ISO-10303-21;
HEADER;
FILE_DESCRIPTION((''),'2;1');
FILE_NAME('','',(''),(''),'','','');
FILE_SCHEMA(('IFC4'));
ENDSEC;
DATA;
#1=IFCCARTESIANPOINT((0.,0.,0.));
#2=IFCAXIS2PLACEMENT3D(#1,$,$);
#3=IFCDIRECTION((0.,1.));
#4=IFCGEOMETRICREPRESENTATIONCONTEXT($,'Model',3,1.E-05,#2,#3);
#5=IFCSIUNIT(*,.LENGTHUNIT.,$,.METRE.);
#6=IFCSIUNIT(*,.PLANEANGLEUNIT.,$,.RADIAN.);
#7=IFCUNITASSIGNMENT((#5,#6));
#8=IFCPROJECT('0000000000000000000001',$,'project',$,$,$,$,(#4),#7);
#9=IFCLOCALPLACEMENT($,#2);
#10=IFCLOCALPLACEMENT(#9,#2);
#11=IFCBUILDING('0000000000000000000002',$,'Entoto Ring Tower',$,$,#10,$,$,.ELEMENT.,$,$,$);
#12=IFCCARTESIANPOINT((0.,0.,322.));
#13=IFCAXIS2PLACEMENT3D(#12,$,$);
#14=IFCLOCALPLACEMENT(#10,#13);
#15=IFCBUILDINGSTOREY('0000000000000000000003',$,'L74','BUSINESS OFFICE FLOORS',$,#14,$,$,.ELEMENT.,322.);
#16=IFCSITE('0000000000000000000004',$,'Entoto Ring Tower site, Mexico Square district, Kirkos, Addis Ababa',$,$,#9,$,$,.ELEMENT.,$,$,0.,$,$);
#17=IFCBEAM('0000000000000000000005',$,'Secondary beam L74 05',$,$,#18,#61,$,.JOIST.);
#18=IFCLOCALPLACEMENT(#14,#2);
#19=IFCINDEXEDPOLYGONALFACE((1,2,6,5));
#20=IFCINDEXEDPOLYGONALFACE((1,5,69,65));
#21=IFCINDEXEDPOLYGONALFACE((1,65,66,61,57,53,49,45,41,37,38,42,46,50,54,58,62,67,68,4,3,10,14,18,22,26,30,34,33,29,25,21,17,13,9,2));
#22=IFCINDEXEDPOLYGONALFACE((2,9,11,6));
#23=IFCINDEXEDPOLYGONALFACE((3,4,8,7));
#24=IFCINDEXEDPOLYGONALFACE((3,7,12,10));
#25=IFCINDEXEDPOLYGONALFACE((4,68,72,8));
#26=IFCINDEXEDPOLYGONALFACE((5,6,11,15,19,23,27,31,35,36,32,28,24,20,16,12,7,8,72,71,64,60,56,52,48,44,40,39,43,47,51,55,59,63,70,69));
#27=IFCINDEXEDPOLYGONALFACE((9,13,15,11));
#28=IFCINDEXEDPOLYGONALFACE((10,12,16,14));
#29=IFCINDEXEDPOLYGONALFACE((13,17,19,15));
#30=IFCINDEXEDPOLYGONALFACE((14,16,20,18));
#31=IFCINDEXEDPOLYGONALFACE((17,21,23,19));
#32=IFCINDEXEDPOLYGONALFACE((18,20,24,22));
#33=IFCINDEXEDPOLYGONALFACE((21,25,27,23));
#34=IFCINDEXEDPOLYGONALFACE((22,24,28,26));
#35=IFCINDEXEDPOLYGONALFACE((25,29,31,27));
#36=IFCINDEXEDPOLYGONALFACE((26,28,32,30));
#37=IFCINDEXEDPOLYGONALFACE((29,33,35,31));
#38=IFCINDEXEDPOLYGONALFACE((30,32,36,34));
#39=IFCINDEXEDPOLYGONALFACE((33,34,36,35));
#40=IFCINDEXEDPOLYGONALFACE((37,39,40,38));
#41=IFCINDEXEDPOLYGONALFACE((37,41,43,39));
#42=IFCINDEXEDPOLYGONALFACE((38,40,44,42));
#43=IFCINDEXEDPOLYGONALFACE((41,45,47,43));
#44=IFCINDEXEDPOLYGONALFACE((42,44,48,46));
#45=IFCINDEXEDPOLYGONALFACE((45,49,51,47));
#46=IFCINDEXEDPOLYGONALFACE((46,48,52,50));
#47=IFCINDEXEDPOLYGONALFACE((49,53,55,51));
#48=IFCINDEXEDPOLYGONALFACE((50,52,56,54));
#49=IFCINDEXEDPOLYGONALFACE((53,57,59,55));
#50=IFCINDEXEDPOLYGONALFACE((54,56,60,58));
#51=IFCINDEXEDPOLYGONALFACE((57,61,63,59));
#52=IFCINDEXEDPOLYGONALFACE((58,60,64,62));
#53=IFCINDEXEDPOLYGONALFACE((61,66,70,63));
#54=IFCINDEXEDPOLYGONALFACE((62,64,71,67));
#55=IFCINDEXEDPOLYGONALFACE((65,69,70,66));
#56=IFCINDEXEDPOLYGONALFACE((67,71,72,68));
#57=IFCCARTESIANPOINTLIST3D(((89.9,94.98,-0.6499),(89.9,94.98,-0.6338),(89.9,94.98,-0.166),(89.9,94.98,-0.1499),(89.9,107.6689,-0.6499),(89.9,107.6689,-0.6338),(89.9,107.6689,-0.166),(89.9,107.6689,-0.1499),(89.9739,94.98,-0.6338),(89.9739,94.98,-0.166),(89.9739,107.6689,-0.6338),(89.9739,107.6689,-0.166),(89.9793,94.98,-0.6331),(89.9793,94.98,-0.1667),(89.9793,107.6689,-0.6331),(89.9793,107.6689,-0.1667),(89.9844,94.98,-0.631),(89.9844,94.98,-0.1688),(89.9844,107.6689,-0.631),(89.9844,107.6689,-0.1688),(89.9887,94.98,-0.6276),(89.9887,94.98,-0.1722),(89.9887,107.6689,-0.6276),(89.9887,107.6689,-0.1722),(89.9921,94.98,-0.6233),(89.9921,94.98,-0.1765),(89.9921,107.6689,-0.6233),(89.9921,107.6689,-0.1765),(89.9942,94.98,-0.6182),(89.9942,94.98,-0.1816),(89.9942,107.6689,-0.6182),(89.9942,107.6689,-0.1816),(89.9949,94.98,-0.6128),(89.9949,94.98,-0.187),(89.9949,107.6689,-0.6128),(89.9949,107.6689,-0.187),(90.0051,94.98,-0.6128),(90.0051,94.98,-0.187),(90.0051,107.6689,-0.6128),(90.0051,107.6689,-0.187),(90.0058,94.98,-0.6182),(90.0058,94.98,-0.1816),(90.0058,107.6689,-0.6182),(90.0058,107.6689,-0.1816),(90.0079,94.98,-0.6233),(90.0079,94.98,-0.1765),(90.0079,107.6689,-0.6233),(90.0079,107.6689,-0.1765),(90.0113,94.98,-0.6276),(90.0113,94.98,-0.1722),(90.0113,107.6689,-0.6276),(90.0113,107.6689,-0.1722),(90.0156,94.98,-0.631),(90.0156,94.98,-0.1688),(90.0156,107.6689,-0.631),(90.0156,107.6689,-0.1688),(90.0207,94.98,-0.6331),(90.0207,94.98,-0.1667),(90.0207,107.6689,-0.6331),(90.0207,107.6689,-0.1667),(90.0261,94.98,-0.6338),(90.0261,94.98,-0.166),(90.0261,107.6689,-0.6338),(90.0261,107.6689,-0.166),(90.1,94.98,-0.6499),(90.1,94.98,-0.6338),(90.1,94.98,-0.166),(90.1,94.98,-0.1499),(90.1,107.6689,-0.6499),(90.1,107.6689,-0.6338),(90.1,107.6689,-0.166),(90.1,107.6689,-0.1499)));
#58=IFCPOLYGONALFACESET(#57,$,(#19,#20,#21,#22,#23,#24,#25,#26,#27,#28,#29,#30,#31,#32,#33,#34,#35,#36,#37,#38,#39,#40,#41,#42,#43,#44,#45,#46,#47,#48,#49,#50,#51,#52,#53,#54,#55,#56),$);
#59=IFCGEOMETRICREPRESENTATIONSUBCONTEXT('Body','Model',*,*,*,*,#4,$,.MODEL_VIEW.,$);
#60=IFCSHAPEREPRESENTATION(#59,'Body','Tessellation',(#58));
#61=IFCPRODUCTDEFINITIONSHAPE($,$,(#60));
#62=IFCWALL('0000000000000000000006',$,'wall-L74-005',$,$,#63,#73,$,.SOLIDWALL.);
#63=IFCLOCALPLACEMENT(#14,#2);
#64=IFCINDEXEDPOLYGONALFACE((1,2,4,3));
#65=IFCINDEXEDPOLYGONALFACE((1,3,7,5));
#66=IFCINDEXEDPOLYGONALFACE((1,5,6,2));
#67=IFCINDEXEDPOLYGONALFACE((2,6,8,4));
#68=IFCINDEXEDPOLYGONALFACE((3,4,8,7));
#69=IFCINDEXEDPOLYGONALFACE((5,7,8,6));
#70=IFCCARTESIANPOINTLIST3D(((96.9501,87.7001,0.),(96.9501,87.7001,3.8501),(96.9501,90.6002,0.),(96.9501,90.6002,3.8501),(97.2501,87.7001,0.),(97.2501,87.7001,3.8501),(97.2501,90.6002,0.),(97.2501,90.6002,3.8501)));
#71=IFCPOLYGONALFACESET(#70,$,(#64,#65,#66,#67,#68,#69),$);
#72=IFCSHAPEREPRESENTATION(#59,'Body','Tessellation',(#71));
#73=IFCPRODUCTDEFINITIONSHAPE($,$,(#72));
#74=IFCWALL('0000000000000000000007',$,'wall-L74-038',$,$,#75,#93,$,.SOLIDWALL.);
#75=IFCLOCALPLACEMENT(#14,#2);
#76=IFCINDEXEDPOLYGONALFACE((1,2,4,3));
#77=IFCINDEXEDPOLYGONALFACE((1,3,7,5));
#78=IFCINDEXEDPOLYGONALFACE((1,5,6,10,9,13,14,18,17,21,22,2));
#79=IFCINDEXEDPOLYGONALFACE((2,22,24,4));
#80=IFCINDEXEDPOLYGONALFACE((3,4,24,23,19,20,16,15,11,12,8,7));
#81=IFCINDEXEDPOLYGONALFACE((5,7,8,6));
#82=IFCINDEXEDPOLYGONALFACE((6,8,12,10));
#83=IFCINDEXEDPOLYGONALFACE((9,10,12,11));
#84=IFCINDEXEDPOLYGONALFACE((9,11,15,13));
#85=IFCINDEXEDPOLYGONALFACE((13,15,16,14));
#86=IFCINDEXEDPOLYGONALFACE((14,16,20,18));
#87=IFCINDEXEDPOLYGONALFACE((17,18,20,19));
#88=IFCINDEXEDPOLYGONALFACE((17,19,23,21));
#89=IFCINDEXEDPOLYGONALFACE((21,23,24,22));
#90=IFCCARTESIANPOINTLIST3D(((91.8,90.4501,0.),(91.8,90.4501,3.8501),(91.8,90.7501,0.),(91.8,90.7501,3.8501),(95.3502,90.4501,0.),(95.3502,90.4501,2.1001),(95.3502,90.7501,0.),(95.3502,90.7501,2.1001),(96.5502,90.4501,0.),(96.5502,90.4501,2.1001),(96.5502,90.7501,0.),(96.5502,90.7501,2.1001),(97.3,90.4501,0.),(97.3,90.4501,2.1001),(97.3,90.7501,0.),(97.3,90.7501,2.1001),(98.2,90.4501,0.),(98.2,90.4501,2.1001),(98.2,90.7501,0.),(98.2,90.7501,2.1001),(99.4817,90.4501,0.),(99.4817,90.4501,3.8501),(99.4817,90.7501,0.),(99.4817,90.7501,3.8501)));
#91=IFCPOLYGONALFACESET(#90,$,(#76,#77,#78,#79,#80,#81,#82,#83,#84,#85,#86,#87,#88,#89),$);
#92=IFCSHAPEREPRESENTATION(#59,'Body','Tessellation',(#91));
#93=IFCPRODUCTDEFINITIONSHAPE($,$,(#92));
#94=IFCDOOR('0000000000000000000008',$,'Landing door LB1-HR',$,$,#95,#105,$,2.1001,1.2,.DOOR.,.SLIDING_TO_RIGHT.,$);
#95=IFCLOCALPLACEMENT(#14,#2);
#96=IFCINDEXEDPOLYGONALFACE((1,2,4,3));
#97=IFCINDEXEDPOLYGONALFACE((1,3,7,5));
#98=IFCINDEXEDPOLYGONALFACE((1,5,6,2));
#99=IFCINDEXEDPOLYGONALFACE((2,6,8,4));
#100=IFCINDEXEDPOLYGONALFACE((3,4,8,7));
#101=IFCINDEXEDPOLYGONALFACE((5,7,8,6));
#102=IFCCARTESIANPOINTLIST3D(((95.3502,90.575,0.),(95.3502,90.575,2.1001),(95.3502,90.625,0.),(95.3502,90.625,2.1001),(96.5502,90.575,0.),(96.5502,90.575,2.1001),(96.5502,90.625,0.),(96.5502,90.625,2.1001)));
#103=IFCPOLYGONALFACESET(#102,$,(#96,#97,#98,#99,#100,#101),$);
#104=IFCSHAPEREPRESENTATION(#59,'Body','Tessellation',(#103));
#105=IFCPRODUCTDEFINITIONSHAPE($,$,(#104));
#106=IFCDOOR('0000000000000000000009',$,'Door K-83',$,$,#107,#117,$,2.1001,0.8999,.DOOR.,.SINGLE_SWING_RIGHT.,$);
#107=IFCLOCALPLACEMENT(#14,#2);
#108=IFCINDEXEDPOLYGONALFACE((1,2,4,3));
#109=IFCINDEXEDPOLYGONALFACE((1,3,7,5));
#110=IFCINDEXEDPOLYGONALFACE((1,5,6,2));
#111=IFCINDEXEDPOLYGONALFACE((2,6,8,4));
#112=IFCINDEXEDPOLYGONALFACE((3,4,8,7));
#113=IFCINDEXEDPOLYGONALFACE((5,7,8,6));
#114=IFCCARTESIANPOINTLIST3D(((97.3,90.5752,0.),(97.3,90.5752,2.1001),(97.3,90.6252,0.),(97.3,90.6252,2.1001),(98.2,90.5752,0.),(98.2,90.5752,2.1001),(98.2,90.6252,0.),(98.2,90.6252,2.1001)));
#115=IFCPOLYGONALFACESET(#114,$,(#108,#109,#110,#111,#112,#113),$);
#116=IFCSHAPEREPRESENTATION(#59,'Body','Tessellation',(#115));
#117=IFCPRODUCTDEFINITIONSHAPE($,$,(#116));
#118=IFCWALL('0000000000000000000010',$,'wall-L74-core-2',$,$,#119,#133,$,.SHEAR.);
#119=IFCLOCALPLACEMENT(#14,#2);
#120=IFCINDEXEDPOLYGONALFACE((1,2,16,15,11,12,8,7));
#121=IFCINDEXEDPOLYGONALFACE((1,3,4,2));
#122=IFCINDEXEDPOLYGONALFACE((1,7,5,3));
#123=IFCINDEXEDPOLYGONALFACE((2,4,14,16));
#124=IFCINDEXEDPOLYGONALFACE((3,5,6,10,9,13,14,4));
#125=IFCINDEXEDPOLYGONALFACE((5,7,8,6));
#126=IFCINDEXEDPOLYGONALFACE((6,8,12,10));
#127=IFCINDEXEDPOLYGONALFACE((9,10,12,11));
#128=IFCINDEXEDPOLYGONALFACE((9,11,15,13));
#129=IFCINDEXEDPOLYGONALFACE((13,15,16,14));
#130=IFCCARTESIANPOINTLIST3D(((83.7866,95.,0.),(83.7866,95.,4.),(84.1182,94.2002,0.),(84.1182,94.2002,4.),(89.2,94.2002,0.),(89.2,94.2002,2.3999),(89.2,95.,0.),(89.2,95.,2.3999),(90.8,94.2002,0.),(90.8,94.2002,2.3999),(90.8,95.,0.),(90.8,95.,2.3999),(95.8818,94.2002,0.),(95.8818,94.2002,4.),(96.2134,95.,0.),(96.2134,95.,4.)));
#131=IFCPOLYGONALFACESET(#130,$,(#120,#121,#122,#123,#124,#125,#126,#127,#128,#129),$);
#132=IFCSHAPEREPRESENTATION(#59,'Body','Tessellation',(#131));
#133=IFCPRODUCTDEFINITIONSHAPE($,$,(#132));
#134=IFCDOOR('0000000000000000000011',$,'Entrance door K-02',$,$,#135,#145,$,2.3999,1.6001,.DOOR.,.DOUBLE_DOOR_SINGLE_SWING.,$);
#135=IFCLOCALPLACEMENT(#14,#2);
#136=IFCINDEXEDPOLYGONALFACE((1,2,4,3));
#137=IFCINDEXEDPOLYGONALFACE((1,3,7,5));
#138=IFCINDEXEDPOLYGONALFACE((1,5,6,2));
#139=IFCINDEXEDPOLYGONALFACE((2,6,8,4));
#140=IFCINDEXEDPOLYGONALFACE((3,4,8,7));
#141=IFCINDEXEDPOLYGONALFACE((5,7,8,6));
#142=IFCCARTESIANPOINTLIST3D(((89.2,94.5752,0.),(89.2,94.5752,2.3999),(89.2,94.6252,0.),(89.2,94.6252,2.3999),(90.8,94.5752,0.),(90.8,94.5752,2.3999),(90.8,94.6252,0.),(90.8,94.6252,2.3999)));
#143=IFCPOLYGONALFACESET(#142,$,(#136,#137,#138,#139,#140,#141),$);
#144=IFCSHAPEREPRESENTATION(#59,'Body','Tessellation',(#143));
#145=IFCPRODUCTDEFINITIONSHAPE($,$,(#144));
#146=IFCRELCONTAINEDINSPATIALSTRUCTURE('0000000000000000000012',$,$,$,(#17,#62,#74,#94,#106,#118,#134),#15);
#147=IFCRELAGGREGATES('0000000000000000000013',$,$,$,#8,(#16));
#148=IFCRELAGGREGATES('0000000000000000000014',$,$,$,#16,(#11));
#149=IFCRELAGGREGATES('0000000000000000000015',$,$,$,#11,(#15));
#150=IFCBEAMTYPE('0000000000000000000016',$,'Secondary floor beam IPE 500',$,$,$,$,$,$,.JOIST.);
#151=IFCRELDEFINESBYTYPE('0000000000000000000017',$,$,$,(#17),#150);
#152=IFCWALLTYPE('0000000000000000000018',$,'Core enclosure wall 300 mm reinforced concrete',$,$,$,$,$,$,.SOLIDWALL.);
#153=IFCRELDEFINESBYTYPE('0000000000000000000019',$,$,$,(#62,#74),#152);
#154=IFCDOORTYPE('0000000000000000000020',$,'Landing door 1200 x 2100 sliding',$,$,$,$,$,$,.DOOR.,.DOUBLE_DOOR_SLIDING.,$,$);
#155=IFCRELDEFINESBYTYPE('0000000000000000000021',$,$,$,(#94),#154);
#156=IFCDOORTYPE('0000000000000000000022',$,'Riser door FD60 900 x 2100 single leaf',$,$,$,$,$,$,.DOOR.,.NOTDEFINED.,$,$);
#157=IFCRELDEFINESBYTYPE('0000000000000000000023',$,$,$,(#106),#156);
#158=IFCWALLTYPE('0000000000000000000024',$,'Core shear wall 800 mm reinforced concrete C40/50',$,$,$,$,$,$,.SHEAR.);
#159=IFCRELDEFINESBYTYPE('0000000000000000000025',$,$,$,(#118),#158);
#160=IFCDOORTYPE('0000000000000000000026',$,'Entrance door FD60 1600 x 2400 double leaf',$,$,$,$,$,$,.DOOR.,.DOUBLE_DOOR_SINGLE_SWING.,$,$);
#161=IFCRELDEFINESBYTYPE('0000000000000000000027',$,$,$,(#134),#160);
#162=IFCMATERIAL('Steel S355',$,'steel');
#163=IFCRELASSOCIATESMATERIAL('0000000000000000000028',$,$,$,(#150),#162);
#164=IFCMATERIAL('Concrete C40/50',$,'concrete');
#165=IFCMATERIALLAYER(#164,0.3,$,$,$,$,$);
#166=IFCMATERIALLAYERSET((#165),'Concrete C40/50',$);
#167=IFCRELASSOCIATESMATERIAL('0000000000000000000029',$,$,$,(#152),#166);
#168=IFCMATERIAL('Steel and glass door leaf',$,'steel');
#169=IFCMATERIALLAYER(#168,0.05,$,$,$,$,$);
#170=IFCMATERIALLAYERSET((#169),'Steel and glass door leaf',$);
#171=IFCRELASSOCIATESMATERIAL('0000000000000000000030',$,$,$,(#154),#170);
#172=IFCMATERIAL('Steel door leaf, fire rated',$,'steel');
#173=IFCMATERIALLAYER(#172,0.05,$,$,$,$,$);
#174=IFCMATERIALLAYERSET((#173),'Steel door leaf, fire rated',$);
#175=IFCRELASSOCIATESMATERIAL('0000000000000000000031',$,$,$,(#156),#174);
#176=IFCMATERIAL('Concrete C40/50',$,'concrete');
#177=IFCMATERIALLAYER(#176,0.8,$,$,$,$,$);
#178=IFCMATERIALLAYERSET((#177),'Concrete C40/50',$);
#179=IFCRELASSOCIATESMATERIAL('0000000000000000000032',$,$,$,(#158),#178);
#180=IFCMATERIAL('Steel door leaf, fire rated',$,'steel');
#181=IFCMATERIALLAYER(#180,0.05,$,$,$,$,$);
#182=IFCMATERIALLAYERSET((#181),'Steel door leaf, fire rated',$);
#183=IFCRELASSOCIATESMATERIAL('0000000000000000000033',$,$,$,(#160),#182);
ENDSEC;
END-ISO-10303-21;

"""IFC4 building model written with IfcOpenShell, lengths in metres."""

from ifc_helpers import new_model, si_unit, direction, frame, frame_2d, origin, origin_2d, place, context, subcontext, project, spatial, polyline, rectangle, i_section, outline, extrude, material, layer, layer_set, material_profile, profile_set, type_object, element, fill, save


model = new_model("IFC4")

# Units and contexts
model_context = context("Model", 3, precision=1e-05, world=origin(), true_north=direction((0.0, 1.0)))
body_context = subcontext(model_context, "Body", "Model", "MODEL_VIEW")
ifc_project = project(units=[si_unit("LENGTHUNIT", "METRE"), si_unit("PLANEANGLEUNIT", "RADIAN")], contexts=[model_context])

# Site, building, storey
site_placement = place(None, origin())
site = spatial("IfcSite", under=ifc_project, at=site_placement, Name="Entoto Ring Tower site, Mexico Square district, Kirkos, Addis Ababa", CompositionType="ELEMENT", RefElevation=0.0)
building_placement = place(site_placement, origin())
building = spatial("IfcBuilding", under=site, at=building_placement, Name="Entoto Ring Tower", CompositionType="ELEMENT")
storey_placement = place(building_placement, frame((0.0, 0.0, 322.0)))
storey = spatial("IfcBuildingStorey", under=building, at=storey_placement, Name="L74", Description="BUSINESS OFFICE FLOORS", CompositionType="ELEMENT", Elevation=322.0)

# Beam
ifc_material_1 = material(Name="Steel S355", Category="steel")
ifc_material_profile_1 = material_profile(ifc_material_1, i_section(OverallWidth=0.2, OverallDepth=0.5, WebThickness=0.0103, FlangeThickness=0.0161, FilletRadius=0.021, at=origin_2d()), Name="IPE 500")
ifc_profile_set_1 = profile_set([ifc_material_profile_1], Name="Steel S355")
beam_type_1 = type_object("IfcBeamType", Name="Secondary floor beam IPE 500", PredefinedType="JOIST", material=ifc_profile_set_1)
beam_1_placement = place(storey_placement, frame((90.0, 94.98, -0.3999), z_axis=(0.0, 1.0, 0.0), x_axis=(-1.0, 0.0, 0.0)))
element("IfcBeam", 1, at=beam_1_placement, inside=storey, type_object=beam_type_1, Name="Secondary beam L74 05", PredefinedType="JOIST", context=body_context, shape_type="SweptSolid", body=[
    extrude(i_section(OverallWidth=0.2, OverallDepth=0.5, WebThickness=0.0103, FlangeThickness=0.0161, FilletRadius=0.021, at=origin_2d()), origin(), (0.0, 0.0, 1.0), 12.689),
])

# Wall
ifc_material_2 = material(Name="Concrete C40/50", Category="concrete")
ifc_layer_1 = layer(ifc_material_2, 0.3)
ifc_layer_set_1 = layer_set([ifc_layer_1], Name="Concrete C40/50")
wall_type_1 = type_object("IfcWallType", Name="Core enclosure wall 300 mm reinforced concrete", PredefinedType="SOLIDWALL", material=ifc_layer_set_1)
wall_1_placement = place(storey_placement, frame((97.1001, 87.7, 0.0), z_axis=(0.0, 0.0, 1.0), x_axis=(0.0, 1.0, 0.0)))
element("IfcWall", 2, at=wall_1_placement, inside=storey, type_object=wall_type_1, Name="wall-L74-005", PredefinedType="SOLIDWALL", context=body_context, shape_type="SweptSolid", body=[
    extrude(rectangle(XDim=2.9001, YDim=0.3, at=frame_2d((1.4502, 0.0))), origin(), (0.0, 0.0, 1.0), 3.8501),
])

# Wall, openings, doors
wall_2_placement = place(storey_placement, frame((91.8, 90.6001, 0.0), z_axis=(0.0, 0.0, 1.0), x_axis=(1.0, 0.0, 0.0)))
wall_2 = element("IfcWall", 3, at=wall_2_placement, inside=storey, type_object=wall_type_1, Name="wall-L74-038", PredefinedType="SOLIDWALL", context=body_context, shape_type="SweptSolid", body=[
    extrude(rectangle(XDim=7.6816, YDim=0.3, at=frame_2d((3.8408, 0.0))), origin(), (0.0, 0.0, 1.0), 3.8501),
])
opening_1_placement = place(wall_2_placement, frame((3.55, 0.0, 0.0)))
opening_1 = element("IfcOpeningElement", 4, at=opening_1_placement, cuts=wall_2, PredefinedType="OPENING", context=body_context, shape_type="SweptSolid", body=[
    extrude(rectangle(XDim=1.2, YDim=2.1001, at=frame_2d((0.6001, 1.05))), frame((0.0, 0.1602, 0.0), z_axis=(0.0, -1.0, 0.0), x_axis=(1.0, 0.0, 0.0)), (0.0, 0.0, 1.0), 0.3201),
])
opening_2_placement = place(wall_2_placement, frame((5.5, 0.0, 0.0)))
opening_2 = element("IfcOpeningElement", 5, at=opening_2_placement, cuts=wall_2, PredefinedType="OPENING", context=body_context, shape_type="SweptSolid", body=[
    extrude(rectangle(XDim=0.8999, YDim=2.1001, at=frame_2d((0.45, 1.05))), frame((0.0, 0.1602, 0.0), z_axis=(0.0, -1.0, 0.0), x_axis=(1.0, 0.0, 0.0)), (0.0, 0.0, 1.0), 0.3201),
])
ifc_material_3 = material(Name="Steel and glass door leaf", Category="steel")
ifc_layer_2 = layer(ifc_material_3, 0.05)
ifc_layer_set_2 = layer_set([ifc_layer_2], Name="Steel and glass door leaf")
door_type_1 = type_object("IfcDoorType", Name="Landing door 1200 x 2100 sliding", OperationType="DOUBLE_DOOR_SLIDING", PredefinedType="DOOR", material=ifc_layer_set_2)
door_1_placement = place(opening_1_placement, origin())
door_1 = element("IfcDoor", 6, at=door_1_placement, inside=storey, type_object=door_type_1, Name="Landing door LB1-HR", OperationType="SLIDING_TO_RIGHT", OverallHeight=2.1001, OverallWidth=1.2, PredefinedType="DOOR", context=body_context, shape_type="SweptSolid", body=[
    extrude(rectangle(XDim=1.2, YDim=2.1001, at=frame_2d((0.6001, 1.05))), frame((0.0, 0.0249, 0.0), z_axis=(0.0, -1.0, 0.0), x_axis=(1.0, 0.0, 0.0)), (0.0, 0.0, 1.0), 0.05),
])
fill(opening_1, door_1)
ifc_material_4 = material(Name="Steel door leaf, fire rated", Category="steel")
ifc_layer_3 = layer(ifc_material_4, 0.05)
ifc_layer_set_3 = layer_set([ifc_layer_3], Name="Steel door leaf, fire rated")
door_type_2 = type_object("IfcDoorType", Name="Riser door FD60 900 x 2100 single leaf", OperationType="NOTDEFINED", PredefinedType="DOOR", material=ifc_layer_set_3)
door_2_placement = place(opening_2_placement, frame((0.8999, 0.0, 0.0), z_axis=(0.0, 0.0, 1.0), x_axis=(-1.0, 0.0, 0.0)))
door_2 = element("IfcDoor", 7, at=door_2_placement, inside=storey, type_object=door_type_2, Name="Door K-83", OperationType="SINGLE_SWING_RIGHT", OverallHeight=2.1001, OverallWidth=0.8999, PredefinedType="DOOR", context=body_context, shape_type="SweptSolid", body=[
    extrude(rectangle(XDim=0.8999, YDim=2.1001, at=frame_2d((0.45, 1.05))), frame((0.0, 0.0249, 0.0), z_axis=(0.0, -1.0, 0.0), x_axis=(1.0, 0.0, 0.0)), (0.0, 0.0, 1.0), 0.05),
])
fill(opening_2, door_2)

# Wall, opening, door
ifc_material_5 = material(Name="Concrete C40/50", Category="concrete")
ifc_layer_4 = layer(ifc_material_5, 0.8)
ifc_layer_set_4 = layer_set([ifc_layer_4], Name="Concrete C40/50")
wall_type_2 = type_object("IfcWallType", Name="Core shear wall 800 mm reinforced concrete C40/50", PredefinedType="SHEAR", material=ifc_layer_set_4)
wall_3_placement = place(storey_placement, frame((96.0476, 94.6001, 0.0), z_axis=(0.0, 0.0, 1.0), x_axis=(-1.0, 0.0, 0.0)))
wall_3 = element("IfcWall", 8, at=wall_3_placement, inside=storey, type_object=wall_type_2, Name="wall-L74-core-2", PredefinedType="SHEAR", context=body_context, shape_type="SweptSolid", body=[
    extrude(outline(polyline([(-0.1658, -0.3999), (12.261, -0.3999), (11.9294, 0.3999), (0.1658, 0.3999), (-0.1658, -0.3999)])), origin(), (0.0, 0.0, 1.0), 4.0),
])
opening_3_placement = place(wall_3_placement, frame((5.2476, 0.0, 0.0)))
opening_3 = element("IfcOpeningElement", 9, at=opening_3_placement, cuts=wall_3, PredefinedType="OPENING", context=body_context, shape_type="SweptSolid", body=[
    extrude(rectangle(XDim=1.6001, YDim=2.3999, at=frame_2d((0.8, 1.2))), frame((0.0, 0.4102, 0.0), z_axis=(0.0, -1.0, 0.0), x_axis=(1.0, 0.0, 0.0)), (0.0, 0.0, 1.0), 0.8201),
])
ifc_material_6 = material(Name="Steel door leaf, fire rated", Category="steel")
ifc_layer_5 = layer(ifc_material_6, 0.05)
ifc_layer_set_5 = layer_set([ifc_layer_5], Name="Steel door leaf, fire rated")
door_type_3 = type_object("IfcDoorType", Name="Entrance door FD60 1600 x 2400 double leaf", OperationType="DOUBLE_DOOR_SINGLE_SWING", PredefinedType="DOOR", material=ifc_layer_set_5)
door_3_placement = place(opening_3_placement, origin())
door_3 = element("IfcDoor", 10, at=door_3_placement, inside=storey, type_object=door_type_3, Name="Entrance door K-02", OperationType="DOUBLE_DOOR_SINGLE_SWING", OverallHeight=2.3999, OverallWidth=1.6001, PredefinedType="DOOR", context=body_context, shape_type="SweptSolid", body=[
    extrude(rectangle(XDim=1.6001, YDim=2.3999, at=frame_2d((0.8, 1.2))), frame((0.0, 0.0249, 0.0), z_axis=(0.0, -1.0, 0.0), x_axis=(1.0, 0.0, 0.0)), (0.0, 0.0, 1.0), 0.05),
])
fill(opening_3, door_3)

save(model, "model.ifc")
